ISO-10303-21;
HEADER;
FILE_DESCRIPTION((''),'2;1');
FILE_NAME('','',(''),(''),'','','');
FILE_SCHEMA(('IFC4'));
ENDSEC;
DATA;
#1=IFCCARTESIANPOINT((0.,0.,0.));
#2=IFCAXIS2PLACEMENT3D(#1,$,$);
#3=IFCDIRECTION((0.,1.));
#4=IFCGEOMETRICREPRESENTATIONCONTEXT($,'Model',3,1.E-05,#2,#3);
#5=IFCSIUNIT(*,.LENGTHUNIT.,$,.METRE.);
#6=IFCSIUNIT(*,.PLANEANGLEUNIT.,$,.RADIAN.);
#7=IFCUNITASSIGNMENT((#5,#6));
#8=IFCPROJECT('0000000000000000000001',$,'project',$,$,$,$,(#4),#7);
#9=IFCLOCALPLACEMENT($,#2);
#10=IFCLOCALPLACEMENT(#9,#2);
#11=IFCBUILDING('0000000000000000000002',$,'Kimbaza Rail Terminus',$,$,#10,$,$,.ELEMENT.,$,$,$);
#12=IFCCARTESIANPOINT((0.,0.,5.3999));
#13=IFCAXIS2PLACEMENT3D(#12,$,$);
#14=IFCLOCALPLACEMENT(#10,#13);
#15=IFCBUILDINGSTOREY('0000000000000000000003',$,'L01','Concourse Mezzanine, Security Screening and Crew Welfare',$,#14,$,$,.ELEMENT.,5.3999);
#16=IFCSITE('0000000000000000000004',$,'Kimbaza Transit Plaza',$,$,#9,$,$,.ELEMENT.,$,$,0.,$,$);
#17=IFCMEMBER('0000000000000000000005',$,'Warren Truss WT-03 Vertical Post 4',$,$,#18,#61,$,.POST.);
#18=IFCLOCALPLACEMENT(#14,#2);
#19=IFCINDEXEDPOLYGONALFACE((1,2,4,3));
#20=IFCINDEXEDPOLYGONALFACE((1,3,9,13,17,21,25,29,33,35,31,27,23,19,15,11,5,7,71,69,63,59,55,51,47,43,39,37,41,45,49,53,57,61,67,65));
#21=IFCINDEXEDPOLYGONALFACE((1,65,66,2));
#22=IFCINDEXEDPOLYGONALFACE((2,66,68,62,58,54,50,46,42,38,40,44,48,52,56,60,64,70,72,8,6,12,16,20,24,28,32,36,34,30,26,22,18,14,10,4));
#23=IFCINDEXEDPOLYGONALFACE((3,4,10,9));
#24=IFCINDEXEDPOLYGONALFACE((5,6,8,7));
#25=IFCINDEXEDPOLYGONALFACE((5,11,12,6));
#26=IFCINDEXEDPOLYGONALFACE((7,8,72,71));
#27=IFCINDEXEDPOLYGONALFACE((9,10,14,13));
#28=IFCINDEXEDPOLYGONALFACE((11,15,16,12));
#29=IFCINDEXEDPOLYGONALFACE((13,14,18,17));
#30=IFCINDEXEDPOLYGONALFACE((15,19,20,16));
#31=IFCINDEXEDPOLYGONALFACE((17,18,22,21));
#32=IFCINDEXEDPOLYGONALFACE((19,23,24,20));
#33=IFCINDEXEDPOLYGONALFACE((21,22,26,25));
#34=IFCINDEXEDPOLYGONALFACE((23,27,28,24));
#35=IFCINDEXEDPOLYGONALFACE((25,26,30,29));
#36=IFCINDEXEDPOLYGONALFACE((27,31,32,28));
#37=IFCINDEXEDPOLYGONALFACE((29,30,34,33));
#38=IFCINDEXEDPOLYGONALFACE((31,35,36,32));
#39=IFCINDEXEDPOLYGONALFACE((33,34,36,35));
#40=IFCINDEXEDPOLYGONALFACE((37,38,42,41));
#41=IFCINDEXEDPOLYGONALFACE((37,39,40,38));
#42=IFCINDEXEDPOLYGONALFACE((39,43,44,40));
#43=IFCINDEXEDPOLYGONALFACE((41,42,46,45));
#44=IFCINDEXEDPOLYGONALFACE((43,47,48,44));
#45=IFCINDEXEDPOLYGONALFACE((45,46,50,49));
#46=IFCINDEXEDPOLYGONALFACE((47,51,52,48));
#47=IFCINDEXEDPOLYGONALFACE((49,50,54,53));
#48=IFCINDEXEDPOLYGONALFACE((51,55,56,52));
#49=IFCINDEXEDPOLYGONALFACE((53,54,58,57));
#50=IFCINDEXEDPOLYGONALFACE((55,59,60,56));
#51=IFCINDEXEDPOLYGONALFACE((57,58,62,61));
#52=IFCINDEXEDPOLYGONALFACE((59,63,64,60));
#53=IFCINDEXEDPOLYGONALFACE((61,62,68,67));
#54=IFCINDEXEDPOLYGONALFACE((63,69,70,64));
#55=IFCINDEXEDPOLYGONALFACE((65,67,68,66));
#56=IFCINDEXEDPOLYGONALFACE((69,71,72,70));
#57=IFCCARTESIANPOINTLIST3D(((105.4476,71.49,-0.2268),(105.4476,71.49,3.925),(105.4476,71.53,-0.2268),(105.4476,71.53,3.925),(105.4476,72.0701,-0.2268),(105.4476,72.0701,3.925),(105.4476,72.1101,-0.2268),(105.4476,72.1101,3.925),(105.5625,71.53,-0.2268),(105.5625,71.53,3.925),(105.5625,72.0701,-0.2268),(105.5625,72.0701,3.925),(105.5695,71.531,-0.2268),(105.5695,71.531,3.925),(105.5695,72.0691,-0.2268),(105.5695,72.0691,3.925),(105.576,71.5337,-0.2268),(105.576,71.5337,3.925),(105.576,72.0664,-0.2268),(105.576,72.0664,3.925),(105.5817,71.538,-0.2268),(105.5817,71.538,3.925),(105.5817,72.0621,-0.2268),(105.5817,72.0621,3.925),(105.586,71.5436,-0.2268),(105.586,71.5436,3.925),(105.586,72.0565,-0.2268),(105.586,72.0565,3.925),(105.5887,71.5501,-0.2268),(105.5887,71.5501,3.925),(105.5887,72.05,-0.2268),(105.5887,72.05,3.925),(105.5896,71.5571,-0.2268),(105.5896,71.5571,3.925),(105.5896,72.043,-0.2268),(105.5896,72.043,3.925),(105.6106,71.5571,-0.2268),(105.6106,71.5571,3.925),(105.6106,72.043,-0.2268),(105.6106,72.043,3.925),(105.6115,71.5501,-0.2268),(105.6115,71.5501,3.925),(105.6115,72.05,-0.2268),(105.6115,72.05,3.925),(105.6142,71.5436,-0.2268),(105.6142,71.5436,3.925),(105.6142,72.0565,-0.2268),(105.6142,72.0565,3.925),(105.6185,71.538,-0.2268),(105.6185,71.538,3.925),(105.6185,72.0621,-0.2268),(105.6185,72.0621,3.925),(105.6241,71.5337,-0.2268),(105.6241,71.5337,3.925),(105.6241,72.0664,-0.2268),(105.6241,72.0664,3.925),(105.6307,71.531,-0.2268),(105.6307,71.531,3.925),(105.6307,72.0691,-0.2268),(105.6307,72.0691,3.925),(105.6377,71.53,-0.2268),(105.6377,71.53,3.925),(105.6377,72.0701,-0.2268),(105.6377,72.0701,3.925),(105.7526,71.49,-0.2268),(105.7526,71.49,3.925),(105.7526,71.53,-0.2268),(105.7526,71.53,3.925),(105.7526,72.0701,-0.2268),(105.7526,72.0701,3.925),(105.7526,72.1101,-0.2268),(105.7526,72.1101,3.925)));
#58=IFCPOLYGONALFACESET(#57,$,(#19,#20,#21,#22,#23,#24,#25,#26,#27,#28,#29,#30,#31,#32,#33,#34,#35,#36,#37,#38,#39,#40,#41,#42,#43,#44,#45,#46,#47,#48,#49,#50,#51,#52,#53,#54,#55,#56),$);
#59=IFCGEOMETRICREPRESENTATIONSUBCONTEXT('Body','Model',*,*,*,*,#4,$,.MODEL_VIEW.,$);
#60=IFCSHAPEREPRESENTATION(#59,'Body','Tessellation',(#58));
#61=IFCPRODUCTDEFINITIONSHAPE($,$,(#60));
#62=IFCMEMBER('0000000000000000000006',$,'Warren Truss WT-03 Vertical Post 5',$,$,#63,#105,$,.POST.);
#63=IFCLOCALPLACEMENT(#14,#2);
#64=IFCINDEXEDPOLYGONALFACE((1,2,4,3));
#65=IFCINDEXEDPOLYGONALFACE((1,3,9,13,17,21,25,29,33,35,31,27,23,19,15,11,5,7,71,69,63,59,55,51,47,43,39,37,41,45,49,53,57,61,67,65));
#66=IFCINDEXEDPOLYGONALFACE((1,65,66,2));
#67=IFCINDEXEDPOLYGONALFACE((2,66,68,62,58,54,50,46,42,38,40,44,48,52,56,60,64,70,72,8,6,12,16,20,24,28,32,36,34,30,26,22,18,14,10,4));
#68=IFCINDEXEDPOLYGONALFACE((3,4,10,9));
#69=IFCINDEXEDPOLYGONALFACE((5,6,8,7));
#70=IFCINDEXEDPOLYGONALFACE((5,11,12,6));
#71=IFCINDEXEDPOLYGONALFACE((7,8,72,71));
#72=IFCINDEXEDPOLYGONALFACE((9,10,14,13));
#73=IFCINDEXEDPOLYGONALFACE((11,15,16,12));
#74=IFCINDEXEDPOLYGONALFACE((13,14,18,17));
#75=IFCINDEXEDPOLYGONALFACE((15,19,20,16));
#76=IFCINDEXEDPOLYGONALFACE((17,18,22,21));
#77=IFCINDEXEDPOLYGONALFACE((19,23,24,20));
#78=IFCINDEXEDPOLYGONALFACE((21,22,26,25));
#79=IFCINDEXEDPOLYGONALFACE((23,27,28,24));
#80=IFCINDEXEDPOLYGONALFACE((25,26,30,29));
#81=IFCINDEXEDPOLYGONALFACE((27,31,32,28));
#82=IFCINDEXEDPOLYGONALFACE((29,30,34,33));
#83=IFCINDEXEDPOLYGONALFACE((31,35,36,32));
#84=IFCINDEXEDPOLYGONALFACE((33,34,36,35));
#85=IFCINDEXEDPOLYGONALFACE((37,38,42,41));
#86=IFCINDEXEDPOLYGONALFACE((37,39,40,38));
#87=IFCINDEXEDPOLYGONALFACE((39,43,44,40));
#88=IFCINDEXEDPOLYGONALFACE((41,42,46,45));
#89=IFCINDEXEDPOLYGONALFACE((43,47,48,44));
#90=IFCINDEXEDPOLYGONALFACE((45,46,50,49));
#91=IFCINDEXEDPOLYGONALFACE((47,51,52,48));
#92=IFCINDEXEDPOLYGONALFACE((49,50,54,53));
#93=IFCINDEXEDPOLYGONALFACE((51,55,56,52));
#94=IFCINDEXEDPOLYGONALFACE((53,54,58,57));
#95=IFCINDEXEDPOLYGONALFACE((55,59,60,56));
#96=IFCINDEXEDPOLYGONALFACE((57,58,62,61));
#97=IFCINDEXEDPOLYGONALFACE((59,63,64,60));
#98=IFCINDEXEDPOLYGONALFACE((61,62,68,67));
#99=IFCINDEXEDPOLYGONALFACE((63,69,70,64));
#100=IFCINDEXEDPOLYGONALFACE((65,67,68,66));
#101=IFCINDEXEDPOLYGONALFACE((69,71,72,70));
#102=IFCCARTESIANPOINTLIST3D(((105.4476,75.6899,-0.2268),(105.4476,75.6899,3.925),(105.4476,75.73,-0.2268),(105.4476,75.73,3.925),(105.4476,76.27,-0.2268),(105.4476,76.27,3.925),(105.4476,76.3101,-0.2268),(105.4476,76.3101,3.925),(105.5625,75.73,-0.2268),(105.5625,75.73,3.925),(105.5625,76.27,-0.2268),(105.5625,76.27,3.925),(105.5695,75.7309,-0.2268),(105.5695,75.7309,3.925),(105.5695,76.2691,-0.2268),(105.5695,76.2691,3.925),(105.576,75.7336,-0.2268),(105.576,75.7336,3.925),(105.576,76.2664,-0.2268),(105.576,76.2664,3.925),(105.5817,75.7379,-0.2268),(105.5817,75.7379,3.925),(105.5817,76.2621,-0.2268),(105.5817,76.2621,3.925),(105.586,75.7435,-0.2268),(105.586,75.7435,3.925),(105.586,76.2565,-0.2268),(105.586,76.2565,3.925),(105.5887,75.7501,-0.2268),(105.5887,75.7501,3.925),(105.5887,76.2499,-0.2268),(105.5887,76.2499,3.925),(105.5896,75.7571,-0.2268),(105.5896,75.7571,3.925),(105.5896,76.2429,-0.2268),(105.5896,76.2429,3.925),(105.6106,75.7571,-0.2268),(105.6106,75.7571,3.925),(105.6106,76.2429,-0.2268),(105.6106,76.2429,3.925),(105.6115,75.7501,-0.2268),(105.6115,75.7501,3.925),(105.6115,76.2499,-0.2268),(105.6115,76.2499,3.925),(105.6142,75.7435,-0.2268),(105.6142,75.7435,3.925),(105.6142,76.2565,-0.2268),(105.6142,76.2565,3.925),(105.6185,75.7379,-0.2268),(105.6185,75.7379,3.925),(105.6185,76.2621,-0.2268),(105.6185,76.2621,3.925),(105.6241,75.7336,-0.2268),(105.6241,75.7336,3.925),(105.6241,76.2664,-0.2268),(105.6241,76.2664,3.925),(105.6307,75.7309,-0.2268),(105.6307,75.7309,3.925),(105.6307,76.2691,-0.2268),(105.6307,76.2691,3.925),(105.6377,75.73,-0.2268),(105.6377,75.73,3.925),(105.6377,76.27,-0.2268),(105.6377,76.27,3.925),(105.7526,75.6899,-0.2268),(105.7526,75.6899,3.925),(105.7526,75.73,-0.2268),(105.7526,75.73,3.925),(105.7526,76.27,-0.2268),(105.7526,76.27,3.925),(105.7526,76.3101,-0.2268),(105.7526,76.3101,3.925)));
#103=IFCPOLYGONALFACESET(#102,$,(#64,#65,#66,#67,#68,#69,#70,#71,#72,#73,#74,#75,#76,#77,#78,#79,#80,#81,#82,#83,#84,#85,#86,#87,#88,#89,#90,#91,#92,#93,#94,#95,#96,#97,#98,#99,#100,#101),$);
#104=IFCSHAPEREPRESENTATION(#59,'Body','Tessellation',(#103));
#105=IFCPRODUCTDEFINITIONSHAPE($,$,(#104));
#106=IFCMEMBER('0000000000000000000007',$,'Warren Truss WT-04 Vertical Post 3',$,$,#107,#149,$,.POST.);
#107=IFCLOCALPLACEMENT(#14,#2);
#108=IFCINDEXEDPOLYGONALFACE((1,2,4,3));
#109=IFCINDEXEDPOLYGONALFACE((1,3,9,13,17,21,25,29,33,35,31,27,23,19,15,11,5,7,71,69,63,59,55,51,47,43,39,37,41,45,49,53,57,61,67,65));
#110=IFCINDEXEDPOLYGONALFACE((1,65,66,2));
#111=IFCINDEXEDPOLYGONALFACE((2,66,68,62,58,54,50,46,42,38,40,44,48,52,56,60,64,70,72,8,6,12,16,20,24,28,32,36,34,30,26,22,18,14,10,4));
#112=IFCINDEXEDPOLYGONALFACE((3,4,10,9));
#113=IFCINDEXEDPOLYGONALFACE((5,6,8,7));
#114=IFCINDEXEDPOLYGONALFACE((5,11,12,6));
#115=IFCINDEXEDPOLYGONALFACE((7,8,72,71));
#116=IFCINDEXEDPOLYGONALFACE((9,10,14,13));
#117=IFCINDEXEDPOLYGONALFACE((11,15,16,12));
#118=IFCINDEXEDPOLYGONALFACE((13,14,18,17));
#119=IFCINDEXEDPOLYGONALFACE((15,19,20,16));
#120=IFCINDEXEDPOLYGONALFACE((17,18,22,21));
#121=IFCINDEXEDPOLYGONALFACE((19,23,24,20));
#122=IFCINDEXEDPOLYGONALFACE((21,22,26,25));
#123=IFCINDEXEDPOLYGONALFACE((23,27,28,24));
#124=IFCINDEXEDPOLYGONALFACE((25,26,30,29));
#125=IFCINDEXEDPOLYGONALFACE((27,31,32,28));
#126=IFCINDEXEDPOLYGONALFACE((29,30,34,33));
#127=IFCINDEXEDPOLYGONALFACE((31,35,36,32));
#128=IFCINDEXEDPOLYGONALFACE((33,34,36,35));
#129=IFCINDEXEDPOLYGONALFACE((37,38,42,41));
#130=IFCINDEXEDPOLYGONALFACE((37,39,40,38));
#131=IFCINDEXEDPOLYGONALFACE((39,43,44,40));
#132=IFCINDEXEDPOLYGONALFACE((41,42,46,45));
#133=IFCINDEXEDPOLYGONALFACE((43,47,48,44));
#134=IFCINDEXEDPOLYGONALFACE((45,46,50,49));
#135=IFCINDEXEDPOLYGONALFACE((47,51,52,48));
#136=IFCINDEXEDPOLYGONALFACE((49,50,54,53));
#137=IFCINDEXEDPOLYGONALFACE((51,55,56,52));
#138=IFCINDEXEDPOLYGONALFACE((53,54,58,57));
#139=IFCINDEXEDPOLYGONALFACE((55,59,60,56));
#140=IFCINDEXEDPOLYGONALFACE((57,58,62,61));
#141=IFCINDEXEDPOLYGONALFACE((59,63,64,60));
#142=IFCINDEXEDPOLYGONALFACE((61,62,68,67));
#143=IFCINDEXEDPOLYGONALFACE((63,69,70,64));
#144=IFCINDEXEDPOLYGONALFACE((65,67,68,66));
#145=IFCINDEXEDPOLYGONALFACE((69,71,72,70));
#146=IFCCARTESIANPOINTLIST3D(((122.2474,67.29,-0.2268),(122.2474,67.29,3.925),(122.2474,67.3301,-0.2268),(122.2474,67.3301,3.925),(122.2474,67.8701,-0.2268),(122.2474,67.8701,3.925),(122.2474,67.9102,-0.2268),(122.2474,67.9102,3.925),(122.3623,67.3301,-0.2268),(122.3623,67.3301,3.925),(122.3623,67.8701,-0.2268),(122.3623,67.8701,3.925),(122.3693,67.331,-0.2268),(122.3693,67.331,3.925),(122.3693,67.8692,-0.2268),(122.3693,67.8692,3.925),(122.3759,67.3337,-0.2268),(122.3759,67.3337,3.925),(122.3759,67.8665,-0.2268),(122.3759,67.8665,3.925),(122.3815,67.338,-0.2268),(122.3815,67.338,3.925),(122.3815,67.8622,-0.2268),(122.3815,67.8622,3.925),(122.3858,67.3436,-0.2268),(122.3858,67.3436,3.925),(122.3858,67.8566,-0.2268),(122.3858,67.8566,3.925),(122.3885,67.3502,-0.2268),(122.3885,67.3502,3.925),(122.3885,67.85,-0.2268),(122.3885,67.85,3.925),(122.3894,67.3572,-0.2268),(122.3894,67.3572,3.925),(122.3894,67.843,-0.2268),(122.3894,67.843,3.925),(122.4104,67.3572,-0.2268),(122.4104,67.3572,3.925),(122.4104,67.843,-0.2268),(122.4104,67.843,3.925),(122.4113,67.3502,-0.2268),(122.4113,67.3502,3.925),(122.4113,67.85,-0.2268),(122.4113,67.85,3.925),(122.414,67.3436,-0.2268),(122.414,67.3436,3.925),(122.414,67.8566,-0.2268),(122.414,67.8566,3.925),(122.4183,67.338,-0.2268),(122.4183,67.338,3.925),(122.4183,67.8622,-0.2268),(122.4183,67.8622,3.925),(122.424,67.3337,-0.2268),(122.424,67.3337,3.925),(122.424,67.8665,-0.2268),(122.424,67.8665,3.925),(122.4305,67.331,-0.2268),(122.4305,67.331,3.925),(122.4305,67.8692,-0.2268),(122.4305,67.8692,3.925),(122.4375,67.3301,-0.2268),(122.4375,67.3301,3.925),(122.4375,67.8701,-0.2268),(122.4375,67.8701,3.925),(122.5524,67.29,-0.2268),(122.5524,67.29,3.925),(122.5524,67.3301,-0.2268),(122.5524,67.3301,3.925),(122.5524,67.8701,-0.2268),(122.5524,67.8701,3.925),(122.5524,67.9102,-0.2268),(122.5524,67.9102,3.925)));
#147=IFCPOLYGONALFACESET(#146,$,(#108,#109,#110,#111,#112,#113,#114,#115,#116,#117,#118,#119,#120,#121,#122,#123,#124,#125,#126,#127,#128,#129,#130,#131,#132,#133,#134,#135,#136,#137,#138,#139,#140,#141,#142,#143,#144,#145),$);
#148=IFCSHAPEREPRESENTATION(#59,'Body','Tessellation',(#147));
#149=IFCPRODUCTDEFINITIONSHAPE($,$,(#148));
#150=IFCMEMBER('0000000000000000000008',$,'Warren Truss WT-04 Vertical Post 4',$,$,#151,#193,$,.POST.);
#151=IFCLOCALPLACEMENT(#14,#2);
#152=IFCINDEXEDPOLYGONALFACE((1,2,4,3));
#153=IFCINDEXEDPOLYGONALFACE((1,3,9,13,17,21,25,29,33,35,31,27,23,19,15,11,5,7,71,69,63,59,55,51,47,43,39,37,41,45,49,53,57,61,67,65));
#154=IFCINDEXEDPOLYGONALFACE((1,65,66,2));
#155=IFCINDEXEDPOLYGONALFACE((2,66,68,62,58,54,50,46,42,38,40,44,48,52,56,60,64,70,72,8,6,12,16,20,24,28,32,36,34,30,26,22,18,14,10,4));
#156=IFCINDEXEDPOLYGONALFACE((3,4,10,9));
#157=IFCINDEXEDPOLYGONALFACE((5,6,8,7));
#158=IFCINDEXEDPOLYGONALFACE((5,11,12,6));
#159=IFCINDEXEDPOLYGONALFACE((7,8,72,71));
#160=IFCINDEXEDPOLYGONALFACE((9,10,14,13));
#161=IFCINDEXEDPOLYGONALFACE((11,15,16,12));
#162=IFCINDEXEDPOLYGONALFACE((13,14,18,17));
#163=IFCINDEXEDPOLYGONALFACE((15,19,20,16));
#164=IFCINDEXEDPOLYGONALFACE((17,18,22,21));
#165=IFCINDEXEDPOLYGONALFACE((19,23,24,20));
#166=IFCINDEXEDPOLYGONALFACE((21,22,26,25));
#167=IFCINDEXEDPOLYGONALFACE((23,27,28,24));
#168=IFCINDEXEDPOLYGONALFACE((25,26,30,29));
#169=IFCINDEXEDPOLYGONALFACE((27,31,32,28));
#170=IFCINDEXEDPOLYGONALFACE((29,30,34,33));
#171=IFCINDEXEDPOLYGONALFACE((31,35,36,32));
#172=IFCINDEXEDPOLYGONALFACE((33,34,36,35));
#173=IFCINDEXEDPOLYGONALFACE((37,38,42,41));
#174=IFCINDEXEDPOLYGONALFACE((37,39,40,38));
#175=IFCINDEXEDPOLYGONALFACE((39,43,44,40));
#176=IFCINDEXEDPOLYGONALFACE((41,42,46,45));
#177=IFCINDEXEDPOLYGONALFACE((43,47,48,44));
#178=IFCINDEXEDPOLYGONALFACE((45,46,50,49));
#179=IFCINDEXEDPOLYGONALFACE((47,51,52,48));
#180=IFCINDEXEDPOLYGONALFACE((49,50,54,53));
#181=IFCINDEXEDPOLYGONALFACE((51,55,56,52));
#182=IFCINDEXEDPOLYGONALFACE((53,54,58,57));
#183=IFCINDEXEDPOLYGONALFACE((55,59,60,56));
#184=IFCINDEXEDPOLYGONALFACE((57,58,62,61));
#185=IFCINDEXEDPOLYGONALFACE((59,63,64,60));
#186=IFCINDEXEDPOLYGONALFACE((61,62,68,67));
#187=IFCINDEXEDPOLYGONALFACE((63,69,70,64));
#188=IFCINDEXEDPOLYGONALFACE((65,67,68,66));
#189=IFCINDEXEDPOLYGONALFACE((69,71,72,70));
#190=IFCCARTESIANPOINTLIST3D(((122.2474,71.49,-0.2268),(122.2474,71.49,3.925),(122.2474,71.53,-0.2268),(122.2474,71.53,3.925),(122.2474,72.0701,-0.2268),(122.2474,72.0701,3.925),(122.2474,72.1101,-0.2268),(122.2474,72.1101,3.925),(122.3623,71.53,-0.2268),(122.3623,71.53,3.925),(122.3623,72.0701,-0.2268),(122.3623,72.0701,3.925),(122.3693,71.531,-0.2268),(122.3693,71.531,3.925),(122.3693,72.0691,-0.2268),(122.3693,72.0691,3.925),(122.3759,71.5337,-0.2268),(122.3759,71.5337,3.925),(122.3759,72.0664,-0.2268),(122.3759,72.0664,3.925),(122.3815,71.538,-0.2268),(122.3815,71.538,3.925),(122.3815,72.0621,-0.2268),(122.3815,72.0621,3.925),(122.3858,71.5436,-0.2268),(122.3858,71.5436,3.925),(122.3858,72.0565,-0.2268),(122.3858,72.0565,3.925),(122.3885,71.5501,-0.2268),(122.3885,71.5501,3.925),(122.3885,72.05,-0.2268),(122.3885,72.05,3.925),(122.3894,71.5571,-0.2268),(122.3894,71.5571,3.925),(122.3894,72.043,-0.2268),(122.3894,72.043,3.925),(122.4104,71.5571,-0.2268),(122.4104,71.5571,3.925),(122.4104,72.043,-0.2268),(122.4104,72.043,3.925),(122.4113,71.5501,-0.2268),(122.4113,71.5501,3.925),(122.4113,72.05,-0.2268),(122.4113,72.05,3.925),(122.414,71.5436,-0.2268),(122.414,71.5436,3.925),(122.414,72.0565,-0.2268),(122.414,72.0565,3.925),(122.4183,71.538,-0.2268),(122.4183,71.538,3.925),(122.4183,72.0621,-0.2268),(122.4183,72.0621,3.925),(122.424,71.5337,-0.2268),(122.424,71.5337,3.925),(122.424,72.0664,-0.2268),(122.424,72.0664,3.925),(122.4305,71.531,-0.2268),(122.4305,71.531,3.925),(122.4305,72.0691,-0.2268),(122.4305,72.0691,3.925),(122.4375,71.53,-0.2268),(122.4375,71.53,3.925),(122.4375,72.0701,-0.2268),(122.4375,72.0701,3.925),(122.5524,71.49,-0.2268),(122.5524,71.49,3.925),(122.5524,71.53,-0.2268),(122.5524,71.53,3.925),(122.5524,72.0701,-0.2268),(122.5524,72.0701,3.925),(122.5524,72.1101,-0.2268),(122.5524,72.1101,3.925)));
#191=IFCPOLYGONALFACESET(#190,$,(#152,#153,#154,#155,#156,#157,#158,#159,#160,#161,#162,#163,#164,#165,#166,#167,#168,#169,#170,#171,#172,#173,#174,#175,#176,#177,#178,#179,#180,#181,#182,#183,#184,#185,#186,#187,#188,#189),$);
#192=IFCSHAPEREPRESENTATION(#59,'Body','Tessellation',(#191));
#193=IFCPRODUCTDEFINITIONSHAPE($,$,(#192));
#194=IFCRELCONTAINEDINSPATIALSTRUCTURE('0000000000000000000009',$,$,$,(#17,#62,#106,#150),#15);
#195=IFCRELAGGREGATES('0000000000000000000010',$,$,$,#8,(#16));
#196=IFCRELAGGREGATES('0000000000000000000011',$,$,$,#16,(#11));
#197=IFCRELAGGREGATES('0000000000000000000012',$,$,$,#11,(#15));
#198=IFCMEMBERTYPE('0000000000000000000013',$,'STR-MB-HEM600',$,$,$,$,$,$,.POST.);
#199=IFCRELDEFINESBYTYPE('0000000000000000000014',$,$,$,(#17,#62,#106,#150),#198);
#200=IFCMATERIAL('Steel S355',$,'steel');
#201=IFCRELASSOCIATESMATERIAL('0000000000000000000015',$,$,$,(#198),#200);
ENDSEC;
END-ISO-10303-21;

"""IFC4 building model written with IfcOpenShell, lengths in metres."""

from ifc_helpers import new_model, si_unit, direction, frame, origin, origin_2d, place, context, subcontext, project, spatial, i_section, extrude, material, material_profile, profile_set, type_object, element, save


model = new_model("IFC4")

# Units and contexts
model_context = context("Model", 3, precision=1e-05, world=origin(), true_north=direction((0.0, 1.0)))
body_context = subcontext(model_context, "Body", "Model", "MODEL_VIEW")
ifc_project = project(units=[si_unit("LENGTHUNIT", "METRE"), si_unit("PLANEANGLEUNIT", "RADIAN")], contexts=[model_context])

# Site, building, storey
site_placement = place(None, origin())
site = spatial("IfcSite", under=ifc_project, at=site_placement, Name="Kimbaza Transit Plaza", CompositionType="ELEMENT", RefElevation=0.0)
building_placement = place(site_placement, origin())
building = spatial("IfcBuilding", under=site, at=building_placement, Name="Kimbaza Rail Terminus", CompositionType="ELEMENT")
storey_placement = place(building_placement, frame((0.0, 0.0, 5.3999)))
storey = spatial("IfcBuildingStorey", under=building, at=storey_placement, Name="L01", Description="Concourse Mezzanine, Security Screening and Crew Welfare", CompositionType="ELEMENT", Elevation=5.3999)

# Members
ifc_material_1 = material(Name="Steel S355", Category="steel")
ifc_material_profile_1 = material_profile(ifc_material_1, i_section(OverallWidth=0.3049, OverallDepth=0.6201, WebThickness=0.021, FlangeThickness=0.04, FilletRadius=0.0271, at=origin_2d()), Name="HEM 600")
ifc_profile_set_1 = profile_set([ifc_material_profile_1], Name="Steel S355")
member_type_1 = type_object("IfcMemberType", Name="STR-MB-HEM600", PredefinedType="POST", material=ifc_profile_set_1)
for number, where, z_axis, x_axis, name in (
    (1, (105.6001, 71.8, -0.2268), (0.0, 0.0, 1.0), (1.0, 0.0, 0.0), "Warren Truss WT-03 Vertical Post 4"),
    (2, (105.6001, 76.0, -0.2268), (0.0, 0.0, 1.0), (1.0, 0.0, 0.0), "Warren Truss WT-03 Vertical Post 5"),
    (3, (122.3999, 67.6001, -0.2268), (0.0, 0.0, 1.0), (1.0, 0.0, 0.0), "Warren Truss WT-04 Vertical Post 3"),
    (4, (122.3999, 71.8, -0.2268), (0.0, 0.0, 1.0), (1.0, 0.0, 0.0), "Warren Truss WT-04 Vertical Post 4"),
):
    element("IfcMember", number, at=place(storey_placement, frame(where, z_axis=z_axis, x_axis=x_axis)), inside=storey, type_object=member_type_1, Name=name, PredefinedType="POST", context=body_context, shape_type="SweptSolid", body=[
        extrude(i_section(OverallWidth=0.3049, OverallDepth=0.6201, WebThickness=0.021, FlangeThickness=0.04, FilletRadius=0.0271, at=origin_2d()), origin(), (0.0, 0.0, 1.0), 4.1519),
    ])

save(model, "model.ifc")
